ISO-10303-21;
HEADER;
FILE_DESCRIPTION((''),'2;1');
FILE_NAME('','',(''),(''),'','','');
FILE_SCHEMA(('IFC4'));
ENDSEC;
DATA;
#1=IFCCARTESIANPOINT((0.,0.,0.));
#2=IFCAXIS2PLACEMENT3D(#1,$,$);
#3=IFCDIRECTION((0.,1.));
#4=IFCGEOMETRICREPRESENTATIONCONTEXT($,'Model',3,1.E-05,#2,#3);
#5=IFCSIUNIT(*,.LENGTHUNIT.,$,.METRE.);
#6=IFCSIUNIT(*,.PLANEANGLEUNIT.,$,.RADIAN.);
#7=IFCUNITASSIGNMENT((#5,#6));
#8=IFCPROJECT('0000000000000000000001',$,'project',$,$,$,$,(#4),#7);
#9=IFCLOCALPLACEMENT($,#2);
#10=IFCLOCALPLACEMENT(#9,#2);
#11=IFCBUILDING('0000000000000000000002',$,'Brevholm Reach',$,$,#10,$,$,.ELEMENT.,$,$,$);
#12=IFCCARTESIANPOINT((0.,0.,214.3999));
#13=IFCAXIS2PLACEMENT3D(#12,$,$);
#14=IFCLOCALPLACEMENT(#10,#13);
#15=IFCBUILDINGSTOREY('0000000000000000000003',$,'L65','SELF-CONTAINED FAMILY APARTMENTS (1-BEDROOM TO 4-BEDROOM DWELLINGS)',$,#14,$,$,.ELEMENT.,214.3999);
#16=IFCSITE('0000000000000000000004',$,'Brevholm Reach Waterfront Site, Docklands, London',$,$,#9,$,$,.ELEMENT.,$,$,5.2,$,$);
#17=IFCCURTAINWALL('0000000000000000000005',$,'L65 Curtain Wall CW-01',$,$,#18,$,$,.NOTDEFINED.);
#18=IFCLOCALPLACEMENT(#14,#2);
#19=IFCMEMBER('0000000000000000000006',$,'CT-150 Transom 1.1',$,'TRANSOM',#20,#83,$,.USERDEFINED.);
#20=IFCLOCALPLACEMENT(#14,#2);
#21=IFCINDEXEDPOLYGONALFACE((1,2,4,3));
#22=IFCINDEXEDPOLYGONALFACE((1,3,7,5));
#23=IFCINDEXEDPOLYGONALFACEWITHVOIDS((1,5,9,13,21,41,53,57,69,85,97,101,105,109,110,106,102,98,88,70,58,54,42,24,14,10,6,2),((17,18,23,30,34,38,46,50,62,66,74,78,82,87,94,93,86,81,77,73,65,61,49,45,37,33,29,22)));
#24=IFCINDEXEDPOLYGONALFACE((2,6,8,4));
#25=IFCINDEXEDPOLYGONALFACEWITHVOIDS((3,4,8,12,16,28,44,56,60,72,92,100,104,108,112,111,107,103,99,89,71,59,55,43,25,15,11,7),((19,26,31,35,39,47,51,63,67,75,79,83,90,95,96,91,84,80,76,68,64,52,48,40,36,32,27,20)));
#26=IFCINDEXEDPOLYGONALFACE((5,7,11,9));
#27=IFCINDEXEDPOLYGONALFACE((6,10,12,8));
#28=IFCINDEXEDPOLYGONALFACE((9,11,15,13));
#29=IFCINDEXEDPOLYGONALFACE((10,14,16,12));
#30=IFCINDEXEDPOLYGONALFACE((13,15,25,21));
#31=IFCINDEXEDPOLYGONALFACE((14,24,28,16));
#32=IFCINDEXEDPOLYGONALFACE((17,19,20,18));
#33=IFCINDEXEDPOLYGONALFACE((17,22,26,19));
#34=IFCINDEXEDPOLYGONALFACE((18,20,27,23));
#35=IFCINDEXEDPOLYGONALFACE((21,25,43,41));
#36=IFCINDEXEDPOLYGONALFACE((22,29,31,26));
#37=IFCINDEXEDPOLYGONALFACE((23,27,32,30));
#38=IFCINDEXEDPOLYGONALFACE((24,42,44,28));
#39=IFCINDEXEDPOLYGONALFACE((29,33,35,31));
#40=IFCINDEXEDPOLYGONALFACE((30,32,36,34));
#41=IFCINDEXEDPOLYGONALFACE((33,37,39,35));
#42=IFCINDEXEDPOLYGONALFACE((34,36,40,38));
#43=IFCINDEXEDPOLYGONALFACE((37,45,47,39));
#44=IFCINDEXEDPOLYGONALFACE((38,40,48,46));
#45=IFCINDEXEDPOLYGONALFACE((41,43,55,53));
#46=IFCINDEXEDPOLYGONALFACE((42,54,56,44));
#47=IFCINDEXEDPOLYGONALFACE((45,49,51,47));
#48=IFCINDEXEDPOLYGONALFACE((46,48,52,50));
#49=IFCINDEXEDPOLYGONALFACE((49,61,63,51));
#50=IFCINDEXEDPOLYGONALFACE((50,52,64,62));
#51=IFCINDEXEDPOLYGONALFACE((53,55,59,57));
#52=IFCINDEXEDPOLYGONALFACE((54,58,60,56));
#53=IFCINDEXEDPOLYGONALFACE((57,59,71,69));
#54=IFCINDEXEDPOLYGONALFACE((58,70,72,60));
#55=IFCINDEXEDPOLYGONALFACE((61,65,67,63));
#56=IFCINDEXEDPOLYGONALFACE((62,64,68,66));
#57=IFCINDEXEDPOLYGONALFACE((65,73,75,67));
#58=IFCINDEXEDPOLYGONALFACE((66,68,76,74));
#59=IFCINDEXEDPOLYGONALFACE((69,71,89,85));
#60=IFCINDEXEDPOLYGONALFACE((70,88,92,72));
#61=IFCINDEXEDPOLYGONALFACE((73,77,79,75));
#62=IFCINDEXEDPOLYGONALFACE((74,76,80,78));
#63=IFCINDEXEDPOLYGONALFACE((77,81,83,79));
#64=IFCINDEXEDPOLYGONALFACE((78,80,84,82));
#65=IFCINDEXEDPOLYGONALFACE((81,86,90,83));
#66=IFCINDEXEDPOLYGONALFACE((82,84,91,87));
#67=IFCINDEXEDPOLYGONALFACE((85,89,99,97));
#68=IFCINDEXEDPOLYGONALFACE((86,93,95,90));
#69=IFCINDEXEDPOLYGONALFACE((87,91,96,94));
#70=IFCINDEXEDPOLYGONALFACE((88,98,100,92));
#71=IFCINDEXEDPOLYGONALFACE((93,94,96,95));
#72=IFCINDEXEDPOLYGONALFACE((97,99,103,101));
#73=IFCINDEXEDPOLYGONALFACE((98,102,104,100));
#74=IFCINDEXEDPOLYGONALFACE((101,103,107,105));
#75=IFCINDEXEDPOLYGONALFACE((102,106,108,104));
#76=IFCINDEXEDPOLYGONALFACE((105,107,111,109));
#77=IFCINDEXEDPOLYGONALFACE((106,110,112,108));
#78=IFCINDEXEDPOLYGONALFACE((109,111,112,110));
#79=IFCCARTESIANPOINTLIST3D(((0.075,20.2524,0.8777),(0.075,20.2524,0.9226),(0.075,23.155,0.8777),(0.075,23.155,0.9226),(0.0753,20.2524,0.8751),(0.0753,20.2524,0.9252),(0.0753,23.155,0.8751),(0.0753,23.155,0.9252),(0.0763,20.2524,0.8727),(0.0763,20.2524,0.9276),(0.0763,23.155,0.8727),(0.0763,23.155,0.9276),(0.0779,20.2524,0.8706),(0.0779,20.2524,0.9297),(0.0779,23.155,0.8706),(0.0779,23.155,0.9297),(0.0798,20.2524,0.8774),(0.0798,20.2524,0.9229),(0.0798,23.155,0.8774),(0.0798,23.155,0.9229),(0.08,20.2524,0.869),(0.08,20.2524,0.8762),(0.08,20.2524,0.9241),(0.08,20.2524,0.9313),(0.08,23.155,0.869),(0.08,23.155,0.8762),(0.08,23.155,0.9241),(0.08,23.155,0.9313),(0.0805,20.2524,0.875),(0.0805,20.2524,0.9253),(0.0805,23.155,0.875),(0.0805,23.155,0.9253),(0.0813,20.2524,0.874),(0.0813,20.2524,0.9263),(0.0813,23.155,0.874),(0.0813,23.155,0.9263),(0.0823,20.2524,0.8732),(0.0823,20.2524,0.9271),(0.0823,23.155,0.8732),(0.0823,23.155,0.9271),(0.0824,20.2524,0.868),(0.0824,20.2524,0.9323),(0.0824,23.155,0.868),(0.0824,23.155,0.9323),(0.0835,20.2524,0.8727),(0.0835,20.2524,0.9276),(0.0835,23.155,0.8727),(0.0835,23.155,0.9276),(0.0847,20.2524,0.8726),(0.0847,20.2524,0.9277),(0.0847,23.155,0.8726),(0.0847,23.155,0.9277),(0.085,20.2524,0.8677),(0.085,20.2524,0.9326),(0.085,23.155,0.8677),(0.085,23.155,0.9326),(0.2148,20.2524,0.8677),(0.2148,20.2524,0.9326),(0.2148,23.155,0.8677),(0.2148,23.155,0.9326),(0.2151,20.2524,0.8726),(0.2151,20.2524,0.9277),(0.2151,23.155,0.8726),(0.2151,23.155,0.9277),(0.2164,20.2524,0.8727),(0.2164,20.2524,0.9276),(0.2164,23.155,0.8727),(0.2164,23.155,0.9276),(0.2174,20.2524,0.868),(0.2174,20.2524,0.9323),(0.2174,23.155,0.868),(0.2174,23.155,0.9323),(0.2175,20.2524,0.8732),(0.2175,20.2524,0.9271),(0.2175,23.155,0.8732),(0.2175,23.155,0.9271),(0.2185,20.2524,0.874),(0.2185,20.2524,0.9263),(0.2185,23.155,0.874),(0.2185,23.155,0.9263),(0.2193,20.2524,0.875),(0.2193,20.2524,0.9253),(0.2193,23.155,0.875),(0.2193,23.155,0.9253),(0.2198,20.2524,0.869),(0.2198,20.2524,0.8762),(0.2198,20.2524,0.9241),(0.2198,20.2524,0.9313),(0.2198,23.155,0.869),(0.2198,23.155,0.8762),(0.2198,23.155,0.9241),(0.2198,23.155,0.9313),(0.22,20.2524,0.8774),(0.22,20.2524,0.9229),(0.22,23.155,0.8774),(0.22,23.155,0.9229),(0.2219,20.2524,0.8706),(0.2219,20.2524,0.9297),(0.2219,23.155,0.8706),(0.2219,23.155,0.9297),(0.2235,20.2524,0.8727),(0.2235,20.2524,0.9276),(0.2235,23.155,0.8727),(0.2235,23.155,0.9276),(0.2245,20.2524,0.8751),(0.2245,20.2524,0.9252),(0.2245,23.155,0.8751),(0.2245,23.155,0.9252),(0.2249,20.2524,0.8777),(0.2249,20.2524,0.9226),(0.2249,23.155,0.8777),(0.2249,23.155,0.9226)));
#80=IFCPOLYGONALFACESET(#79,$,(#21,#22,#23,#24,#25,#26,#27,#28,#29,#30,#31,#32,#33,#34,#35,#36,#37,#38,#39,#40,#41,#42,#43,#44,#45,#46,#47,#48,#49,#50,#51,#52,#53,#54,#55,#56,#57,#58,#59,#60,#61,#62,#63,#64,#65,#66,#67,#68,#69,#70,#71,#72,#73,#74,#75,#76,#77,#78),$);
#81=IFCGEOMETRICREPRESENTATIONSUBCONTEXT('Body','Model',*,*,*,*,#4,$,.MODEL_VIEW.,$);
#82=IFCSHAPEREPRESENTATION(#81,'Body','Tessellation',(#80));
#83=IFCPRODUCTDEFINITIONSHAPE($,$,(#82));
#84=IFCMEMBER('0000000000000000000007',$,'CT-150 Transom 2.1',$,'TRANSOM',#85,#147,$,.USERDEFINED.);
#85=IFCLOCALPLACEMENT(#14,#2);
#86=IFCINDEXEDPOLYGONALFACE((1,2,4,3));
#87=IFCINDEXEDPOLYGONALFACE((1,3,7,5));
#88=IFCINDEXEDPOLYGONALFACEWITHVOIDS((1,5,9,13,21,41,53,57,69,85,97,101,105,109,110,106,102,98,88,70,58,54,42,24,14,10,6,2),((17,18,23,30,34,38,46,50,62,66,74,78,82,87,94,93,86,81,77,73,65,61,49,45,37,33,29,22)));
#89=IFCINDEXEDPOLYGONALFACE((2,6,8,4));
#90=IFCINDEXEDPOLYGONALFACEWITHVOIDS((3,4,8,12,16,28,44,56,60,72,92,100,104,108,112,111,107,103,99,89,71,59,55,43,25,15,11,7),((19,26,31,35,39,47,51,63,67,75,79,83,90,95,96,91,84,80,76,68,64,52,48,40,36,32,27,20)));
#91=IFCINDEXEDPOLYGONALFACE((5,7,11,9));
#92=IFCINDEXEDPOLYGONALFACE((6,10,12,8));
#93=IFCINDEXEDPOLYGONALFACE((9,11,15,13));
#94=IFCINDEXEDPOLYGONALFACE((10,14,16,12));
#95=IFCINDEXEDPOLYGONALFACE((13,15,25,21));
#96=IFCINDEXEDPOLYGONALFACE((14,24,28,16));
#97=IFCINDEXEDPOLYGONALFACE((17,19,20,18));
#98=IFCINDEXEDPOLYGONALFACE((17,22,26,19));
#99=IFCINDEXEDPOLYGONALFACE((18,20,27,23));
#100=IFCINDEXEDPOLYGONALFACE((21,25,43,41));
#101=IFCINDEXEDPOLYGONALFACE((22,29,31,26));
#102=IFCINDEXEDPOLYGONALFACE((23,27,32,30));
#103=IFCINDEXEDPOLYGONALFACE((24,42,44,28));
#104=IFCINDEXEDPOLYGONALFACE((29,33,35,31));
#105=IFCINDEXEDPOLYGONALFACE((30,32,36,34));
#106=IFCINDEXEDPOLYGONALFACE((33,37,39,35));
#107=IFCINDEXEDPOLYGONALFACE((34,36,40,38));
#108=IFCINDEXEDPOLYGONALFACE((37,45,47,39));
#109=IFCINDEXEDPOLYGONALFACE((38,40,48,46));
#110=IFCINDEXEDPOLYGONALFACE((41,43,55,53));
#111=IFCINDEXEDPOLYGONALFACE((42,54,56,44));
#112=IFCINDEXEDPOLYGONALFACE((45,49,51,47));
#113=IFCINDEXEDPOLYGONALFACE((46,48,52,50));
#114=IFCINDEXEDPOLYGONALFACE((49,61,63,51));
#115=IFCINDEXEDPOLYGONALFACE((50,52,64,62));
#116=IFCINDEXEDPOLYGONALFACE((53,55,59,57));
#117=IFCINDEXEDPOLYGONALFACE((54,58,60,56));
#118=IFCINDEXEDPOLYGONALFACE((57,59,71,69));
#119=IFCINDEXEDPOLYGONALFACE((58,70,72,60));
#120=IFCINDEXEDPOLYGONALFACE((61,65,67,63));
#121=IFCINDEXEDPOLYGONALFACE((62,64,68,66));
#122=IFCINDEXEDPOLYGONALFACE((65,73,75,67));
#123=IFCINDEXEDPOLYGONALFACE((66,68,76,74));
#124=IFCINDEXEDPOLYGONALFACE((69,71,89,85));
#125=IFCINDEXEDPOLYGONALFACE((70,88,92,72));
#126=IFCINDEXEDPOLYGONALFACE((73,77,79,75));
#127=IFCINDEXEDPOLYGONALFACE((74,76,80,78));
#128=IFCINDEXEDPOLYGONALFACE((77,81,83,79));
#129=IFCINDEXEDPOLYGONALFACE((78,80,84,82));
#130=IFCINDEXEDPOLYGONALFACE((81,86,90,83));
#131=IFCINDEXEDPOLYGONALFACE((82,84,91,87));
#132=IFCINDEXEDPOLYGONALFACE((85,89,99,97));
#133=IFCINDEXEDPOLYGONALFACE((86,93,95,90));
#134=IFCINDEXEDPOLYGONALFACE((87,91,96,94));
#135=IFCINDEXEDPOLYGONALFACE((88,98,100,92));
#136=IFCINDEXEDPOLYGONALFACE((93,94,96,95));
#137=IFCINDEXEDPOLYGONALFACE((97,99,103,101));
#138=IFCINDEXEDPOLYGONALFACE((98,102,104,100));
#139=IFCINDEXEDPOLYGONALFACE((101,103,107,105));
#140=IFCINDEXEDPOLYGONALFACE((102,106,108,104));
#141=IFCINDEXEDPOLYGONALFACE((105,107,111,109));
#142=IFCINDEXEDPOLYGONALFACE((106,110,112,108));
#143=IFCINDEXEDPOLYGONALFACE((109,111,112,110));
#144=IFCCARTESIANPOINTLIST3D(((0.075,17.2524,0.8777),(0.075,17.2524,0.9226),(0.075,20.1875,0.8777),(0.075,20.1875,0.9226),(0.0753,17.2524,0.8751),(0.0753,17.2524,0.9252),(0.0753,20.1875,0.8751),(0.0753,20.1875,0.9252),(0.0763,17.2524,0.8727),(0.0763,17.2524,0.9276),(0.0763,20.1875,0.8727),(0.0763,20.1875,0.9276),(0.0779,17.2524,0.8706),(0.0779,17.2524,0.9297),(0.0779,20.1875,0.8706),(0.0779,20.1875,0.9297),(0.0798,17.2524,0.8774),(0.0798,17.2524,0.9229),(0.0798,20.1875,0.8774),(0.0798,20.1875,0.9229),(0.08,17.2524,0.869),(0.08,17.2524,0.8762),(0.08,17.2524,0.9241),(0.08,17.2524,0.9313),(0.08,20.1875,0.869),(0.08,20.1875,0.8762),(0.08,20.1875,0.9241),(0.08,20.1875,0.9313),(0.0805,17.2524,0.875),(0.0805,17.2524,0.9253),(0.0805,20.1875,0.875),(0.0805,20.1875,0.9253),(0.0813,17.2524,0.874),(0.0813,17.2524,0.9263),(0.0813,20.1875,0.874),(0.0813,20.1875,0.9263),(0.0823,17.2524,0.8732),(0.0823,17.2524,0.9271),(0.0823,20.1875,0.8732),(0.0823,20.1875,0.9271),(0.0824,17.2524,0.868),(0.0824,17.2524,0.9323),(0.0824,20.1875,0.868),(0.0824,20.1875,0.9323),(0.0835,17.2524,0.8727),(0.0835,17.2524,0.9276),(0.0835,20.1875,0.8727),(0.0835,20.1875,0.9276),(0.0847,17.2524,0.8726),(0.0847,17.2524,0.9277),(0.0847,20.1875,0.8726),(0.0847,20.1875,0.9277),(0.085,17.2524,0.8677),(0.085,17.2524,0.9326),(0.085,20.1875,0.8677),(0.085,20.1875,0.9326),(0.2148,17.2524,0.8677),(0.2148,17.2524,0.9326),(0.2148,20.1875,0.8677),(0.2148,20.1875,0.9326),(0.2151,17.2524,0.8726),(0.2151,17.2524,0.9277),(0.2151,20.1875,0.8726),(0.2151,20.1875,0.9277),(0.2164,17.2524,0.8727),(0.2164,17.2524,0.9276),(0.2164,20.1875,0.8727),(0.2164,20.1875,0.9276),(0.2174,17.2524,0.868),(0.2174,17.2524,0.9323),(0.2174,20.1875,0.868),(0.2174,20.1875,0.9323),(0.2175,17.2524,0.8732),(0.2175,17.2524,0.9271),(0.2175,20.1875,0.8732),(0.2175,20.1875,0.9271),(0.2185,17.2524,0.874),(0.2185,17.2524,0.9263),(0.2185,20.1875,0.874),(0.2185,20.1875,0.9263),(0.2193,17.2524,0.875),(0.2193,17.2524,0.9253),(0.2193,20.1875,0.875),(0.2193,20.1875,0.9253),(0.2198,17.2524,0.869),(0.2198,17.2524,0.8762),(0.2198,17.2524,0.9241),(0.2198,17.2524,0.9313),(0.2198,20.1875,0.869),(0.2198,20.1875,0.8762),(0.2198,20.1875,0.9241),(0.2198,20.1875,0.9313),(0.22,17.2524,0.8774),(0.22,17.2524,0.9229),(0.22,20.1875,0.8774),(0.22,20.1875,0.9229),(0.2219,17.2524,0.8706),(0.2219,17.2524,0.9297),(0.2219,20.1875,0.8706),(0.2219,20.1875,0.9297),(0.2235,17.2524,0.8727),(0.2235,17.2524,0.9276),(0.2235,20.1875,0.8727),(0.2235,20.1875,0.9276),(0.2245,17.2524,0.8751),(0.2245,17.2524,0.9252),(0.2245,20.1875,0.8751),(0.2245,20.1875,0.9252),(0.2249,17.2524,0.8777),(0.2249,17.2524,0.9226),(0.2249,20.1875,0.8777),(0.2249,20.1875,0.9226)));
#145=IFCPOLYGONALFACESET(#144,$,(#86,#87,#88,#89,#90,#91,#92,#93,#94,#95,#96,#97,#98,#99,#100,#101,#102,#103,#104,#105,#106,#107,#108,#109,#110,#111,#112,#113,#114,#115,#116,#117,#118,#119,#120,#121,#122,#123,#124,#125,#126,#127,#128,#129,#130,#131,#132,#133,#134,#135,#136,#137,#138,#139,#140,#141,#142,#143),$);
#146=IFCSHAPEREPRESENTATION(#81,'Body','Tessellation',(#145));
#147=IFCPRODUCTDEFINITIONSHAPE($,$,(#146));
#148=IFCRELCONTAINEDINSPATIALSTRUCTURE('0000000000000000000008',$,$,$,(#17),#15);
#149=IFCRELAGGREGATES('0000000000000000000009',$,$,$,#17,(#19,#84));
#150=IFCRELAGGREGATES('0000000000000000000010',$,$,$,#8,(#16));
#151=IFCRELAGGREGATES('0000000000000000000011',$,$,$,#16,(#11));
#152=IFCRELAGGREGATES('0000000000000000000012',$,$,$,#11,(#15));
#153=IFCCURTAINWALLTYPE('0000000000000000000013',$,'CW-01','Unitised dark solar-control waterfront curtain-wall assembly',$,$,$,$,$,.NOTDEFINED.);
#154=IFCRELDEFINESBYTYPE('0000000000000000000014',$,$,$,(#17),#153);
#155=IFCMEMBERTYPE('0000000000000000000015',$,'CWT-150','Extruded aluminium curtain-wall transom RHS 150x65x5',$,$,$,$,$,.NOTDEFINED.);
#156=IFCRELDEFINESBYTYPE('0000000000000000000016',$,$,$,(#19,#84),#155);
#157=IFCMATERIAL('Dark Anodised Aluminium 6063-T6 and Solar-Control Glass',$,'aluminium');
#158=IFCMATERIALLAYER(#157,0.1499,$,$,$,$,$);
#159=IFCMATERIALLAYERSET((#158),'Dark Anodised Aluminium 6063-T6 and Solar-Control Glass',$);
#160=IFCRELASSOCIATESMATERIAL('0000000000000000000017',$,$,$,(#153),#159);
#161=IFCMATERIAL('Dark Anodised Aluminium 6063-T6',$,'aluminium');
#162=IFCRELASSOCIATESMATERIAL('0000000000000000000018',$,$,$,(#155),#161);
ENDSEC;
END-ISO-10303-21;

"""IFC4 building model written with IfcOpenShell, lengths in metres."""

from ifc_helpers import new_model, si_unit, direction, frame, origin, origin_2d, place, context, subcontext, project, spatial, hollow_rectangle, extrude, material, layer, layer_set, material_profile, profile_set, type_object, element, aggregate, save


model = new_model("IFC4")

# Units and contexts
model_context = context("Model", 3, precision=1e-05, world=origin(), true_north=direction((0.0, 1.0)))
body_context = subcontext(model_context, "Body", "Model", "MODEL_VIEW")
ifc_project = project(units=[si_unit("LENGTHUNIT", "METRE"), si_unit("PLANEANGLEUNIT", "RADIAN")], contexts=[model_context])

# Site, building, storey
site_placement = place(None, origin())
site = spatial("IfcSite", under=ifc_project, at=site_placement, Name="Brevholm Reach Waterfront Site, Docklands, London", CompositionType="ELEMENT", RefElevation=5.2)
building_placement = place(site_placement, origin())
building = spatial("IfcBuilding", under=site, at=building_placement, Name="Brevholm Reach", CompositionType="ELEMENT")
storey_placement = place(building_placement, frame((0.0, 0.0, 214.3999)))
storey = spatial("IfcBuildingStorey", under=building, at=storey_placement, Name="L65", Description="SELF-CONTAINED FAMILY APARTMENTS (1-BEDROOM TO 4-BEDROOM DWELLINGS)", CompositionType="ELEMENT", Elevation=214.3999)

# Curtain wall
ifc_material_1 = material(Name="Dark Anodised Aluminium 6063-T6 and Solar-Control Glass", Category="aluminium")
ifc_layer_1 = layer(ifc_material_1, 0.1499)
ifc_layer_set_1 = layer_set([ifc_layer_1], Name="Dark Anodised Aluminium 6063-T6 and Solar-Control Glass")
curtain_wall_type = type_object("IfcCurtainWallType", Name="CW-01", Description="Unitised dark solar-control waterfront curtain-wall assembly", PredefinedType="NOTDEFINED", material=ifc_layer_set_1)
curtain_wall_1_placement = place(storey_placement, origin())
curtain_wall_1 = element("IfcCurtainWall", 1, at=curtain_wall_1_placement, inside=storey, type_object=curtain_wall_type, Name="L65 Curtain Wall CW-01", PredefinedType="NOTDEFINED")

# Members
ifc_material_2 = material(Name="Dark Anodised Aluminium 6063-T6", Category="aluminium")
ifc_material_profile_1 = material_profile(ifc_material_2, hollow_rectangle(XDim=0.0649, YDim=0.1499, WallThickness=0.0049, InnerFilletRadius=0.0049, OuterFilletRadius=0.01, at=origin_2d()), Name="RHS 150x65x5")
ifc_profile_set_1 = profile_set([ifc_material_profile_1], Name="Dark Anodised Aluminium 6063-T6")
member_type_1 = type_object("IfcMemberType", Name="CWT-150", Description="Extruded aluminium curtain-wall transom RHS 150x65x5", PredefinedType="NOTDEFINED", material=ifc_profile_set_1)
member_1_placement = place(storey_placement, frame((0.1499, 23.155, 0.9001), z_axis=(0.0, -1.0, 0.0), x_axis=(0.0, 0.0, 1.0)))
member_1 = element("IfcMember", 2, at=member_1_placement, type_object=member_type_1, Name="CT-150 Transom 1.1", ObjectType="TRANSOM", PredefinedType="USERDEFINED", context=body_context, shape_type="SweptSolid", body=[
    extrude(hollow_rectangle(XDim=0.0649, YDim=0.1499, WallThickness=0.0049, InnerFilletRadius=0.0049, OuterFilletRadius=0.01, at=origin_2d()), origin(), (0.0, 0.0, 1.0), 2.9026),
])
member_2_placement = place(storey_placement, frame((0.1499, 20.1875, 0.9001), z_axis=(0.0, -1.0, 0.0), x_axis=(0.0, 0.0, 1.0)))
member_2 = element("IfcMember", 3, at=member_2_placement, type_object=member_type_1, Name="CT-150 Transom 2.1", ObjectType="TRANSOM", PredefinedType="USERDEFINED", context=body_context, shape_type="SweptSolid", body=[
    extrude(hollow_rectangle(XDim=0.0649, YDim=0.1499, WallThickness=0.0049, InnerFilletRadius=0.0049, OuterFilletRadius=0.01, at=origin_2d()), origin(), (0.0, 0.0, 1.0), 2.9351),
])

aggregate(curtain_wall_1, [member_1, member_2])

save(model, "model.ifc")
